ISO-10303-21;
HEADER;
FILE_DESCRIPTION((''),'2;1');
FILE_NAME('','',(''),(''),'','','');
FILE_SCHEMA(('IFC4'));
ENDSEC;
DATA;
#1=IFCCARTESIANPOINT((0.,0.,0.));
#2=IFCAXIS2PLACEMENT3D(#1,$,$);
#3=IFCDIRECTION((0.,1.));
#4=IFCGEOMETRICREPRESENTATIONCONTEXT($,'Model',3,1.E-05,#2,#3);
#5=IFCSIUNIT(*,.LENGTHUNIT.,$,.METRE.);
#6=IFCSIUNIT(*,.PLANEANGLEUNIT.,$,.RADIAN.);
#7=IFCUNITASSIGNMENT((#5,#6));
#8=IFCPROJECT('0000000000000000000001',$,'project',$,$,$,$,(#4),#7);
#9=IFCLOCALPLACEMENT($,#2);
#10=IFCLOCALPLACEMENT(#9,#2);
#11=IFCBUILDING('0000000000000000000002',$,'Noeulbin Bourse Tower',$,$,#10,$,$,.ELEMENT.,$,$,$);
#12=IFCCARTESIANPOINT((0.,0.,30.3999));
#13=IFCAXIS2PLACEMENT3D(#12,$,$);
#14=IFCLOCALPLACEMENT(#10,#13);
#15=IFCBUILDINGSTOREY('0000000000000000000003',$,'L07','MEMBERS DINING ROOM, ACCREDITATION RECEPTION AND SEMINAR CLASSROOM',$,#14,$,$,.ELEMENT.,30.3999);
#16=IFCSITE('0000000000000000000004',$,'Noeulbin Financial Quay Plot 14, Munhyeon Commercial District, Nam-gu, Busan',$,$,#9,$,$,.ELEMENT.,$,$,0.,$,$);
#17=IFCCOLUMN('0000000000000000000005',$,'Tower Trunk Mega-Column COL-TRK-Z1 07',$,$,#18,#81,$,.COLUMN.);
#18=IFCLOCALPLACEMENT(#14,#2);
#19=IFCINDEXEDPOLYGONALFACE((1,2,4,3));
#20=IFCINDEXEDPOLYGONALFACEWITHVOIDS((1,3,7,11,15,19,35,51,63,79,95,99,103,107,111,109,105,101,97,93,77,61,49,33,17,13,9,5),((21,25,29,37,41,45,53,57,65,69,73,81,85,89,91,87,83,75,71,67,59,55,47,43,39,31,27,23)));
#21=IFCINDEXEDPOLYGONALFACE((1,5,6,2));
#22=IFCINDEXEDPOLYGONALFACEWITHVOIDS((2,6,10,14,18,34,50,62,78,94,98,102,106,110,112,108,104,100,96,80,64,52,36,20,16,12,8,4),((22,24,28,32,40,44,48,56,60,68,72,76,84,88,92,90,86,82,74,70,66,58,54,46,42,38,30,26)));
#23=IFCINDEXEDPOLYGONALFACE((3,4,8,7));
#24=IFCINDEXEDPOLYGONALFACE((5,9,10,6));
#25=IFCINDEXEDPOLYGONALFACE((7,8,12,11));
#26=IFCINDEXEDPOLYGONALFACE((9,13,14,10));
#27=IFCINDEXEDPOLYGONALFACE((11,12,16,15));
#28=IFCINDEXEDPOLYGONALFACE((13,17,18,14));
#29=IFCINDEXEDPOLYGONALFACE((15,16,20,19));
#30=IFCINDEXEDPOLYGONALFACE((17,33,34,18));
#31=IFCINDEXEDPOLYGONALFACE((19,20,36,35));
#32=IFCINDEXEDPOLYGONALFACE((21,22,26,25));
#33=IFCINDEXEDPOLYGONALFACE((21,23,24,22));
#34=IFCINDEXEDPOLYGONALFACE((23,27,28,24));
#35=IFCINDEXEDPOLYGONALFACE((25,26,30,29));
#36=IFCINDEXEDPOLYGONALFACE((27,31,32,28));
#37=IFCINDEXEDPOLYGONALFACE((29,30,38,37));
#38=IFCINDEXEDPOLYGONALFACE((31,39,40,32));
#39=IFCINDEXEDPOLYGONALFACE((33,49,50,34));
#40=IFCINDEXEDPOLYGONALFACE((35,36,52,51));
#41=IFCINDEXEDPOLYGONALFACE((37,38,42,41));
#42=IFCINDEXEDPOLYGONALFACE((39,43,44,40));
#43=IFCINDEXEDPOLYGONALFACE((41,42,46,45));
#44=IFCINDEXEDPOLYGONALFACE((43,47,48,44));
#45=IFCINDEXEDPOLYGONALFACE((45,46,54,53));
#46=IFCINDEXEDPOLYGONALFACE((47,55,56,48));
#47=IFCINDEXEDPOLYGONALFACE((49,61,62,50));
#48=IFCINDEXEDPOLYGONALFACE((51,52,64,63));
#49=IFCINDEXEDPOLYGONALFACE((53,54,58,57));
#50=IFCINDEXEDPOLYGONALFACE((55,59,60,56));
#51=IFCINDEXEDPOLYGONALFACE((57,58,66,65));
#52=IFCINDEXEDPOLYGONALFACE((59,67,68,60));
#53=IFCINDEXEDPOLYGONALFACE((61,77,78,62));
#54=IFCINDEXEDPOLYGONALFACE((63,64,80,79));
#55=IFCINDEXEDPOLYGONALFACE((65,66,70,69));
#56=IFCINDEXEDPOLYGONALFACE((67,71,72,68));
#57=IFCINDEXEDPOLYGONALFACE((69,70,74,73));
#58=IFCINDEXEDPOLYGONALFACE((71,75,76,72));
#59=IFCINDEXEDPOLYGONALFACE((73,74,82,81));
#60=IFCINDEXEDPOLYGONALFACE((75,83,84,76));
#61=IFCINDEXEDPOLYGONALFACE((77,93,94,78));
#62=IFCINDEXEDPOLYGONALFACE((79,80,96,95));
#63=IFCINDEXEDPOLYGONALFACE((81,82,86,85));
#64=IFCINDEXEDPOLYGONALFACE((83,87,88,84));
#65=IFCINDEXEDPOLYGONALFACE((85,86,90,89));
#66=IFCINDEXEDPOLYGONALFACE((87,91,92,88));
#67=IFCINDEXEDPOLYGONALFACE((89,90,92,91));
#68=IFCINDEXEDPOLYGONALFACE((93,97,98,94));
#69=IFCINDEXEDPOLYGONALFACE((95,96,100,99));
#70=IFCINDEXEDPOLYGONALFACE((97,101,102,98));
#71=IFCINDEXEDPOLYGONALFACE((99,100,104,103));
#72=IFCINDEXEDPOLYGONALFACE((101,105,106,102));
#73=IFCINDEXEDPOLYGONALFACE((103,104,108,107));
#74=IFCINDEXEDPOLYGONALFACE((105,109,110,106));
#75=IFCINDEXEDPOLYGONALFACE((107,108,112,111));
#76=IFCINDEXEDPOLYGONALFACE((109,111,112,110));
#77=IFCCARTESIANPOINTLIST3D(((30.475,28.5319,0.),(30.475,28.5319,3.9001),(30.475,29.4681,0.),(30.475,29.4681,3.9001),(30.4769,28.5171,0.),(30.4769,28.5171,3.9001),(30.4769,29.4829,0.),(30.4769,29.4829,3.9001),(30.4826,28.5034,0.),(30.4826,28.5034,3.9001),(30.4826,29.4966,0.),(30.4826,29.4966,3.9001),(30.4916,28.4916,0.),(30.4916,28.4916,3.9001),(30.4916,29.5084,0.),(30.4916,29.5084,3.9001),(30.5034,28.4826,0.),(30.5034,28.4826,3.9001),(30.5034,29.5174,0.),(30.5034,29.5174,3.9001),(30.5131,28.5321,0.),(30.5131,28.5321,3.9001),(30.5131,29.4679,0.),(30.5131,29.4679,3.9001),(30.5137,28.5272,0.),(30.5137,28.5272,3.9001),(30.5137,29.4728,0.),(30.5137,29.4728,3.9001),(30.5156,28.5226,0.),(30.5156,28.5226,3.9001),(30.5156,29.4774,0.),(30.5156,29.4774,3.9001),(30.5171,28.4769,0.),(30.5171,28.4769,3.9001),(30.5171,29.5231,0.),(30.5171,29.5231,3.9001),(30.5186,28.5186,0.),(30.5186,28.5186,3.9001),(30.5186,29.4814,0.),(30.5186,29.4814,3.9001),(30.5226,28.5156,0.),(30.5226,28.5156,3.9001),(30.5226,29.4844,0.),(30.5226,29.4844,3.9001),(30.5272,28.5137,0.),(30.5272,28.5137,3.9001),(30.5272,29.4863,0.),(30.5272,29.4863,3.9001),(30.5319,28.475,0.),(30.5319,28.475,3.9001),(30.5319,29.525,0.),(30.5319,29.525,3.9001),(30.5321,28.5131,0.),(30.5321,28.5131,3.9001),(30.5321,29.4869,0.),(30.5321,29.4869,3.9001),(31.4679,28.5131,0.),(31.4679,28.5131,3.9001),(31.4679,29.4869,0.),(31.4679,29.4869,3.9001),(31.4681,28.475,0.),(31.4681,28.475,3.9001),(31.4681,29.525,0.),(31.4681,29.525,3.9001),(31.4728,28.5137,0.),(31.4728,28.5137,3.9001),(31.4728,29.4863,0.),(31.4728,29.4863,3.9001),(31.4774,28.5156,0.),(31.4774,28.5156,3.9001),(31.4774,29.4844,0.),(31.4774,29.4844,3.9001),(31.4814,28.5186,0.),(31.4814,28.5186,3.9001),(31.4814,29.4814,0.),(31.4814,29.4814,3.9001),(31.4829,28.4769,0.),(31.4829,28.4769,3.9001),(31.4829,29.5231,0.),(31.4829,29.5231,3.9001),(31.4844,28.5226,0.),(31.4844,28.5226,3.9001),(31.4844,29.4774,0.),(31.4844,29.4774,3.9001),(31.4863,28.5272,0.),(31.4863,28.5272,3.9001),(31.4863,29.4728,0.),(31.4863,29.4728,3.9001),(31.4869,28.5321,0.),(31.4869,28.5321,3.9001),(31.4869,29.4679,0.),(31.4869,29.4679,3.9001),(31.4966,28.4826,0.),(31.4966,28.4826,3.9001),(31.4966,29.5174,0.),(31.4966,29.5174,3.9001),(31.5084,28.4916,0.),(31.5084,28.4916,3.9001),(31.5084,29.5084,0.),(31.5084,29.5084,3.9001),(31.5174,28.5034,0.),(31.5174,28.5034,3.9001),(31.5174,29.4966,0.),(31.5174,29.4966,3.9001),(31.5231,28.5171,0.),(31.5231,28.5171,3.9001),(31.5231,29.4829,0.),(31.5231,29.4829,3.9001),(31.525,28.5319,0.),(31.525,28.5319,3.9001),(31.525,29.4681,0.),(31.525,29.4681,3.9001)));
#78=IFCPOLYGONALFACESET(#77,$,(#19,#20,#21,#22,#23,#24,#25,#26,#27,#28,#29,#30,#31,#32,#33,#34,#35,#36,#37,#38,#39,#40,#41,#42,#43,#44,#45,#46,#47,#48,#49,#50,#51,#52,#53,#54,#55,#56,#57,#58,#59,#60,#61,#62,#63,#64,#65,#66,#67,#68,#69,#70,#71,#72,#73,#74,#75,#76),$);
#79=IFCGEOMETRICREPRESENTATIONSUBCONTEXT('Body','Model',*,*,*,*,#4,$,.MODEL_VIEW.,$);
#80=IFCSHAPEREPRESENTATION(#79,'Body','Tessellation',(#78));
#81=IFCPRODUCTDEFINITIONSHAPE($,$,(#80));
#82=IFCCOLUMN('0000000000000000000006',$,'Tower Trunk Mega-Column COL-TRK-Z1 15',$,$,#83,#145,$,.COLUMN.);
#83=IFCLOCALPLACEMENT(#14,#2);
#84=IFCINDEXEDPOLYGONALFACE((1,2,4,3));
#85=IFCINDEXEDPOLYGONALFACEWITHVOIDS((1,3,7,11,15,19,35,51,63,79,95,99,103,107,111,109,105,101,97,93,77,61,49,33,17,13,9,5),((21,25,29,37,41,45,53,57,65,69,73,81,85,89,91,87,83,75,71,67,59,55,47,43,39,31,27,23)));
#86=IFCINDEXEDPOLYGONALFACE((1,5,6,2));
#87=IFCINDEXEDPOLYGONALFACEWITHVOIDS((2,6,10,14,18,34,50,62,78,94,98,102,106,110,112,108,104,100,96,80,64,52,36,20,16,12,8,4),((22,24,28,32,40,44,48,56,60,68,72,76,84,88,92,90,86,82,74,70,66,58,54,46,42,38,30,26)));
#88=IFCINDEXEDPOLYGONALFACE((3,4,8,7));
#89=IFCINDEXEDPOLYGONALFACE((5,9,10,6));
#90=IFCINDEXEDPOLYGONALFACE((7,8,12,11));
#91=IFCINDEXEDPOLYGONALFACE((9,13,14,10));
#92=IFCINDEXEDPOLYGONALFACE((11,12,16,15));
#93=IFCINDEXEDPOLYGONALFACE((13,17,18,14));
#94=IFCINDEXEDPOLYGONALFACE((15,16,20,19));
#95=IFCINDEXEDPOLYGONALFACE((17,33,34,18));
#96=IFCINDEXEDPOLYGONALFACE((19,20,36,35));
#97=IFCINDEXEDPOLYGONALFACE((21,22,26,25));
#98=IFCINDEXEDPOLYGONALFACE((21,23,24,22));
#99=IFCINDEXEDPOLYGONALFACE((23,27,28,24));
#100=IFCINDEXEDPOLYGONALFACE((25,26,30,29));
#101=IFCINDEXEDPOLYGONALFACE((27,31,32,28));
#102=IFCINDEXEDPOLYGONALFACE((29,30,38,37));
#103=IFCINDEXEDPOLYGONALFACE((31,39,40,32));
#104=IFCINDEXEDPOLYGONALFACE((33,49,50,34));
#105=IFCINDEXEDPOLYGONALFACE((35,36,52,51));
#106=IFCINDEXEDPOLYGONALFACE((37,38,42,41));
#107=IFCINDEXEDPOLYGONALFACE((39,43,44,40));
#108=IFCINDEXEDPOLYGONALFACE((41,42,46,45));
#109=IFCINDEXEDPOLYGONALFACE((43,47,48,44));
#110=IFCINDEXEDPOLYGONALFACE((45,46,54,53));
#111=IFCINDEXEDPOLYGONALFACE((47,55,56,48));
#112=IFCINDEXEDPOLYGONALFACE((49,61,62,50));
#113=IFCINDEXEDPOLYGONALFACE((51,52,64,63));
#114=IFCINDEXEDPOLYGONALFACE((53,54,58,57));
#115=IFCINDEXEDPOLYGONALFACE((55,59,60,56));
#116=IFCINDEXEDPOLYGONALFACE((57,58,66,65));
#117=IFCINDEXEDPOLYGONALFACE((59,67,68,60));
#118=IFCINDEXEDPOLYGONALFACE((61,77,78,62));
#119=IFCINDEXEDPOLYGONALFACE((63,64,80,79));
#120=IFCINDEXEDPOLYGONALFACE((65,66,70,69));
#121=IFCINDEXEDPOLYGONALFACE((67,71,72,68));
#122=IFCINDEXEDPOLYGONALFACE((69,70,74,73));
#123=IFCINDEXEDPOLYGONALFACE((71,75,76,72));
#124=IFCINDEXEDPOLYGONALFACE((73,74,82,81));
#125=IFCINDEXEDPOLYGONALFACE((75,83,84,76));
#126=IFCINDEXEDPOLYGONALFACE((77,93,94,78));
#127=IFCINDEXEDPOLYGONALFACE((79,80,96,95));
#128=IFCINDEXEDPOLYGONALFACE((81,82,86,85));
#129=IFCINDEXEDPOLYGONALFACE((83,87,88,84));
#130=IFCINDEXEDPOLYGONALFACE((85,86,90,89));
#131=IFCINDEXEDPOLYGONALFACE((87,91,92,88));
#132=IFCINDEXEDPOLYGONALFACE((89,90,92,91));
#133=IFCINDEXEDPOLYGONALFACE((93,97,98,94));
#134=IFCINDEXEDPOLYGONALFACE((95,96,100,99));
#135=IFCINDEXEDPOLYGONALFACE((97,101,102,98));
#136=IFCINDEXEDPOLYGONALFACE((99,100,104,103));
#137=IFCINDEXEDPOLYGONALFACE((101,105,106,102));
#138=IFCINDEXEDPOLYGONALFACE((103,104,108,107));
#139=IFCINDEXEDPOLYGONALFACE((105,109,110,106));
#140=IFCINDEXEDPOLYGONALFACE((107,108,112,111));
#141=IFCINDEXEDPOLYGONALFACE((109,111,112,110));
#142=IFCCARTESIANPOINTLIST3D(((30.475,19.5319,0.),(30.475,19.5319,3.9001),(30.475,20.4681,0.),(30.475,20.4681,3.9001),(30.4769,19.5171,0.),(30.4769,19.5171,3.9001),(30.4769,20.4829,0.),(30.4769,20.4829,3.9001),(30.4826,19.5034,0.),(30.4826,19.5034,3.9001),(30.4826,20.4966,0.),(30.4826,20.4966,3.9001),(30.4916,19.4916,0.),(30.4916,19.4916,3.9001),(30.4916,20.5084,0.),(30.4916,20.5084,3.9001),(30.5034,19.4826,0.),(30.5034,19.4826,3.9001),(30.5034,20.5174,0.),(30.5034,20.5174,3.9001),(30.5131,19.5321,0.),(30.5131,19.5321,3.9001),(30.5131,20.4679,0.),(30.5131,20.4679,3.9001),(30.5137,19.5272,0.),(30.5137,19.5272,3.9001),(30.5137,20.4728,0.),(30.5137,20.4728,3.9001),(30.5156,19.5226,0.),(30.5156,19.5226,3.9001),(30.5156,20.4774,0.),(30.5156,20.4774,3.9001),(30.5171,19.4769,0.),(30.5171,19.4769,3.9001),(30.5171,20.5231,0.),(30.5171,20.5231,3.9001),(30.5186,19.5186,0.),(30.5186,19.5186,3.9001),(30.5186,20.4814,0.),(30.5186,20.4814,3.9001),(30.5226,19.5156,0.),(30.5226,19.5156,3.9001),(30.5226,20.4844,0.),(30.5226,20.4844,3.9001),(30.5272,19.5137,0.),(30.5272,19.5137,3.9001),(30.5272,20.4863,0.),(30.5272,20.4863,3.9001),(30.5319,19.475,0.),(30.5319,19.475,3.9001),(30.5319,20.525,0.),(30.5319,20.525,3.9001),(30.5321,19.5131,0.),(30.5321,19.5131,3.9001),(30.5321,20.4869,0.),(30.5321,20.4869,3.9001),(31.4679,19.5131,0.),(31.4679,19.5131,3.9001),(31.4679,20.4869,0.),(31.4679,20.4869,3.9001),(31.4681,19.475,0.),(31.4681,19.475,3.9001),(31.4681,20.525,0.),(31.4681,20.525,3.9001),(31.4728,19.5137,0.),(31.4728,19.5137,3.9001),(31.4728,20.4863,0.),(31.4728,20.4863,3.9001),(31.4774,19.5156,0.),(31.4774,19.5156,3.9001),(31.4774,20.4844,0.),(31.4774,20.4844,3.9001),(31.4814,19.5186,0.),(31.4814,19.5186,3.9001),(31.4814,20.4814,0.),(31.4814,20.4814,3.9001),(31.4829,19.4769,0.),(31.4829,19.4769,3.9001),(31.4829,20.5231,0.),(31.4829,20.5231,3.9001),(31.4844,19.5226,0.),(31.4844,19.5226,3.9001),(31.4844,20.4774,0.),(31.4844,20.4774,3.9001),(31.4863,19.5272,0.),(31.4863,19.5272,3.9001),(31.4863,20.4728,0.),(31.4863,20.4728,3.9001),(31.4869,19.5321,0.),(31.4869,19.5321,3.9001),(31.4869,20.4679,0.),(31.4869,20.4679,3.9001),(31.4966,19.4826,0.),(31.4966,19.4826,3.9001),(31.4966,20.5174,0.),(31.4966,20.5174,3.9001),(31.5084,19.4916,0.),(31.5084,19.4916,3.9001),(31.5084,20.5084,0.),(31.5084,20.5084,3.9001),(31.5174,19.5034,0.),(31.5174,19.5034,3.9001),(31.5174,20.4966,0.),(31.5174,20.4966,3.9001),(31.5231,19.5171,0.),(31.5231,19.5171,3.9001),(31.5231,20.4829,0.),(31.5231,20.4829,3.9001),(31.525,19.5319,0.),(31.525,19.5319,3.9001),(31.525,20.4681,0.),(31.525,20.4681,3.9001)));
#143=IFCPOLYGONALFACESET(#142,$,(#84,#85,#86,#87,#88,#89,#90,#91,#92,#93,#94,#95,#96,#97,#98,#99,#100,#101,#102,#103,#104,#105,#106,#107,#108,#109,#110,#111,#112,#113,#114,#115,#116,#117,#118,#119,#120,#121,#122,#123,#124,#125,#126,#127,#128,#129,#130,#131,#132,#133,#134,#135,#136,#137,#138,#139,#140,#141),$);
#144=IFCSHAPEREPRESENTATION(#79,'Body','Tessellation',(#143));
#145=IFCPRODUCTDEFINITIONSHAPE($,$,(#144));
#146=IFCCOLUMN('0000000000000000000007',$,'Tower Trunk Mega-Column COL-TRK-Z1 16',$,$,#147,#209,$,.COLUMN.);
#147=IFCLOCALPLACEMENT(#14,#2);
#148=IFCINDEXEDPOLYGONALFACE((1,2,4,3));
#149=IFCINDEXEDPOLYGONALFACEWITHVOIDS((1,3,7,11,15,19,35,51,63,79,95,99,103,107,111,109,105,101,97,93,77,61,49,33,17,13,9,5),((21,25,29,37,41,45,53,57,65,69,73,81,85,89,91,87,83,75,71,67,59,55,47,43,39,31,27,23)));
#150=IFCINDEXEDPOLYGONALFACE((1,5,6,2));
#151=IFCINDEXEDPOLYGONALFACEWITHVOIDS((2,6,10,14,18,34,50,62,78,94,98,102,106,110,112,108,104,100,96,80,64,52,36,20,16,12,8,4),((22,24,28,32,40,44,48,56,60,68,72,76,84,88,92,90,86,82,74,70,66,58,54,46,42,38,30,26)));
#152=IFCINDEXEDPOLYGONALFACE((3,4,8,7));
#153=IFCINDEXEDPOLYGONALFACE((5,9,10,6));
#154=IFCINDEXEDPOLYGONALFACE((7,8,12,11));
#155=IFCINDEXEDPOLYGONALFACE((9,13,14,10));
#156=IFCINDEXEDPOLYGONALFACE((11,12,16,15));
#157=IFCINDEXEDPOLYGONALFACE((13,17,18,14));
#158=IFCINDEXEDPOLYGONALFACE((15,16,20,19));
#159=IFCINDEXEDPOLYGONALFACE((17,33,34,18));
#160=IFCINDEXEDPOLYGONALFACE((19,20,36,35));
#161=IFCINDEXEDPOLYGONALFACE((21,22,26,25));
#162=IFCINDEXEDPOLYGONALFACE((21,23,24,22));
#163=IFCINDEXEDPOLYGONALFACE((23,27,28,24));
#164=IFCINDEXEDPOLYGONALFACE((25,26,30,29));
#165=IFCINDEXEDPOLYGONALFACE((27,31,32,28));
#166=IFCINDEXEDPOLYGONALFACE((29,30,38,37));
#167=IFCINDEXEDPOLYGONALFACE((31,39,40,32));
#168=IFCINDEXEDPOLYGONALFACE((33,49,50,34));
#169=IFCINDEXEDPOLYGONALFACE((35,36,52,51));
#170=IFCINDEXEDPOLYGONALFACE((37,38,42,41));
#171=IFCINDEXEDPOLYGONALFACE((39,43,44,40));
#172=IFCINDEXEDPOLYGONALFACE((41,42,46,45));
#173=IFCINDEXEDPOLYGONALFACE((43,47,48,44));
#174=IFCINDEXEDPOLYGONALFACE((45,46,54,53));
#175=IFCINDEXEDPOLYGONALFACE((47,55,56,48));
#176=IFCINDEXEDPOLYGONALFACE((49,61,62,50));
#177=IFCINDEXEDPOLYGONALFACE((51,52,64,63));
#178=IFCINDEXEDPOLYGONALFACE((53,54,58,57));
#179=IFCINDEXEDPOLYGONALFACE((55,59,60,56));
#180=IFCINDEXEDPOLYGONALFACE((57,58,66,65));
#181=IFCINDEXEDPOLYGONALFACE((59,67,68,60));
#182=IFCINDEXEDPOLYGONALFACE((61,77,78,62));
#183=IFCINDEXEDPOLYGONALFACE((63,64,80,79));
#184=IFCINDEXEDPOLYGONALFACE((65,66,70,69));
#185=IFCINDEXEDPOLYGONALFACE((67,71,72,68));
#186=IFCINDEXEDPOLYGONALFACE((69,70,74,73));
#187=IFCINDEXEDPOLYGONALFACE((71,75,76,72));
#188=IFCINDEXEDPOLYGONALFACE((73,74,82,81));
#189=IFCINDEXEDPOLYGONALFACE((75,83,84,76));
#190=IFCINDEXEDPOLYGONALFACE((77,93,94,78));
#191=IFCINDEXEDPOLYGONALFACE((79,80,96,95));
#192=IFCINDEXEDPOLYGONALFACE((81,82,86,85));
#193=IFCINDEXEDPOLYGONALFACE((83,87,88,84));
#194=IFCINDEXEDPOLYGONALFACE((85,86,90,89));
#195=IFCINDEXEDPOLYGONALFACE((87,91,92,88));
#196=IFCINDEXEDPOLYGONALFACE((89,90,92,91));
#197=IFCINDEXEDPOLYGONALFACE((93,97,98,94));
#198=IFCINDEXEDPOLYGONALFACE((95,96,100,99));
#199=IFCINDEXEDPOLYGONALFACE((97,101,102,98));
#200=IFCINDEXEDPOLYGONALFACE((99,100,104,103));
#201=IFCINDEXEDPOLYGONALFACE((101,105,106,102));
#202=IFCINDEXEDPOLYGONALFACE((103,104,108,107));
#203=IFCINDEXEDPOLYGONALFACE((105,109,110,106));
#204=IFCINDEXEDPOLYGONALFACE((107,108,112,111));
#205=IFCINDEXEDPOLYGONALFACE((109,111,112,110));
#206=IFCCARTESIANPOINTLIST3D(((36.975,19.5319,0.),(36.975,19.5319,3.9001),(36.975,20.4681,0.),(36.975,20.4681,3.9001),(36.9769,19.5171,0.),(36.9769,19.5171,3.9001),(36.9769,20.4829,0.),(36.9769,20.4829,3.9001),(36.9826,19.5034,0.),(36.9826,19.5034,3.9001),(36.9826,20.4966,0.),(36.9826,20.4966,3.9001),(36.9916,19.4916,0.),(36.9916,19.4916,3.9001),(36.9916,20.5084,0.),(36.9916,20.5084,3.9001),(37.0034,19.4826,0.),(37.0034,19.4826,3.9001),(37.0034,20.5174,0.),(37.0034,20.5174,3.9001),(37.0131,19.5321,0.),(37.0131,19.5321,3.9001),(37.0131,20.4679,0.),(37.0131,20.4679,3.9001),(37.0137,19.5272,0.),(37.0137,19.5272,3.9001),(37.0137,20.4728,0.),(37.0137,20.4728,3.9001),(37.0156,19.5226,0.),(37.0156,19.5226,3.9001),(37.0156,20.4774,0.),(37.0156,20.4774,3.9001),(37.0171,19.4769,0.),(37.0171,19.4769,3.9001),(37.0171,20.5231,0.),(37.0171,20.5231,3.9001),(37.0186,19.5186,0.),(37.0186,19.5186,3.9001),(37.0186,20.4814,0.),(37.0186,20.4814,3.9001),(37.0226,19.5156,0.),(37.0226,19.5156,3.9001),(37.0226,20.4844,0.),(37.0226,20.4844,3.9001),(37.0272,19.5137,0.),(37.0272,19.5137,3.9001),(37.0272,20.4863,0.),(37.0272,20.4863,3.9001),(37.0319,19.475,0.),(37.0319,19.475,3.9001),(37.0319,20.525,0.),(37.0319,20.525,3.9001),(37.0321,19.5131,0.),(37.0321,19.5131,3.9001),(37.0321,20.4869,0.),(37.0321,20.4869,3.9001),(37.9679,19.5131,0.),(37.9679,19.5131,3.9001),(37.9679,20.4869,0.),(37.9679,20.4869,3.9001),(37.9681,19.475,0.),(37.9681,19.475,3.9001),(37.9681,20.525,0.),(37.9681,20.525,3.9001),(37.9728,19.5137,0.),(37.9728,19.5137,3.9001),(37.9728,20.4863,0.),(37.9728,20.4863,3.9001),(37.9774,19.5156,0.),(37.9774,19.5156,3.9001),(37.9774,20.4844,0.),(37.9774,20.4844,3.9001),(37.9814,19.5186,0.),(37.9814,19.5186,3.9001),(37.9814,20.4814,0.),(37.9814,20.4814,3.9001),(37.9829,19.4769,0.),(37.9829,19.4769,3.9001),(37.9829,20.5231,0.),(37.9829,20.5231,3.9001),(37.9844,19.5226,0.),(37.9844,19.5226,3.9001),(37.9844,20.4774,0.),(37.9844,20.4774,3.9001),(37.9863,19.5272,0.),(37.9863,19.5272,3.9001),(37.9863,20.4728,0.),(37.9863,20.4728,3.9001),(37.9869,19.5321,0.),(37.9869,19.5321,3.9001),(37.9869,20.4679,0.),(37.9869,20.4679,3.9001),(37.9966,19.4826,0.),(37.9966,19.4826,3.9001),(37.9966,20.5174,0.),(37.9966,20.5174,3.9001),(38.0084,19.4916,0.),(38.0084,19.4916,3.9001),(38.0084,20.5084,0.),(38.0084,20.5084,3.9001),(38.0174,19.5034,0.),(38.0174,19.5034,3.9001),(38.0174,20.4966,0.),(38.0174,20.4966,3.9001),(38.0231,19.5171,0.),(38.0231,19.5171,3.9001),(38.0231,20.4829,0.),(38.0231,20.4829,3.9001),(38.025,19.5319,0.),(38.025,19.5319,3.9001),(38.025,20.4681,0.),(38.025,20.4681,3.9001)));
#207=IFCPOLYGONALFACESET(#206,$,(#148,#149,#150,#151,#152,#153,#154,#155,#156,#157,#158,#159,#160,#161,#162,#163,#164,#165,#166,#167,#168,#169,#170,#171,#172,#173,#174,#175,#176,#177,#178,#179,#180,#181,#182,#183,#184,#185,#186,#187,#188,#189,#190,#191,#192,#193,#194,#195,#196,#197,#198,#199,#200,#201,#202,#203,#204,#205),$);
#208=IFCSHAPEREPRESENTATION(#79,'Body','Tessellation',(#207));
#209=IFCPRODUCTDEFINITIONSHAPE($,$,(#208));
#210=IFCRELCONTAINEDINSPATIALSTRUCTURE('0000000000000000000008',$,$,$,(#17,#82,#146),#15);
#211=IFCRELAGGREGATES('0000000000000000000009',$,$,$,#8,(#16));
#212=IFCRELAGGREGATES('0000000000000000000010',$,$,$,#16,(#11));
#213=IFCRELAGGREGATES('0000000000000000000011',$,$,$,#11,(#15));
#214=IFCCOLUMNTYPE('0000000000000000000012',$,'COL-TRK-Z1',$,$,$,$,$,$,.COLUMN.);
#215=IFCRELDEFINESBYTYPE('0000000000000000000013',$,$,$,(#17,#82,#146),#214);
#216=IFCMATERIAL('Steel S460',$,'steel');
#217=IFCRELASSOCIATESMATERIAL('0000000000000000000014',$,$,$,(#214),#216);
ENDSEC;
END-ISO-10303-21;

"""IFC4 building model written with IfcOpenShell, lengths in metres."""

from ifc_helpers import new_model, si_unit, direction, frame, origin, origin_2d, place, context, subcontext, project, spatial, hollow_rectangle, extrude, material, material_profile, profile_set, type_object, element, save


model = new_model("IFC4")

# Units and contexts
model_context = context("Model", 3, precision=1e-05, world=origin(), true_north=direction((0.0, 1.0)))
body_context = subcontext(model_context, "Body", "Model", "MODEL_VIEW")
ifc_project = project(units=[si_unit("LENGTHUNIT", "METRE"), si_unit("PLANEANGLEUNIT", "RADIAN")], contexts=[model_context])

# Site, building, storey
site_placement = place(None, origin())
site = spatial("IfcSite", under=ifc_project, at=site_placement, Name="Noeulbin Financial Quay Plot 14, Munhyeon Commercial District, Nam-gu, Busan", CompositionType="ELEMENT", RefElevation=0.0)
building_placement = place(site_placement, origin())
building = spatial("IfcBuilding", under=site, at=building_placement, Name="Noeulbin Bourse Tower", CompositionType="ELEMENT")
storey_placement = place(building_placement, frame((0.0, 0.0, 30.3999)))
storey = spatial("IfcBuildingStorey", under=building, at=storey_placement, Name="L07", Description="MEMBERS DINING ROOM, ACCREDITATION RECEPTION AND SEMINAR CLASSROOM", CompositionType="ELEMENT", Elevation=30.3999)

# Columns
ifc_material_1 = material(Name="Steel S460", Category="steel")
ifc_material_profile_1 = material_profile(ifc_material_1, hollow_rectangle(XDim=1.05, YDim=1.05, WallThickness=0.0381, InnerFilletRadius=0.019, OuterFilletRadius=0.0569, at=origin_2d()), Name="BOX-1050x1050x38", Category="LoadBearing")
ifc_profile_set_1 = profile_set([ifc_material_profile_1], Name="Steel S460")
column_type = type_object("IfcColumnType", Name="COL-TRK-Z1", PredefinedType="COLUMN", material=ifc_profile_set_1)
for number, where, z_axis, x_axis, name in (
    (1, (31.0, 29.0, 0.0), (0.0, 0.0, 1.0), (1.0, 0.0, 0.0), "Tower Trunk Mega-Column COL-TRK-Z1 07"),
    (2, (31.0, 20.0, 0.0), (0.0, 0.0, 1.0), (1.0, 0.0, 0.0), "Tower Trunk Mega-Column COL-TRK-Z1 15"),
    (3, (37.5, 20.0, 0.0), (0.0, 0.0, 1.0), (1.0, 0.0, 0.0), "Tower Trunk Mega-Column COL-TRK-Z1 16"),
):
    element("IfcColumn", number, at=place(storey_placement, frame(where, z_axis=z_axis, x_axis=x_axis)), inside=storey, type_object=column_type, Name=name, PredefinedType="COLUMN", context=body_context, shape_type="SweptSolid", body=[
        extrude(hollow_rectangle(XDim=1.05, YDim=1.05, WallThickness=0.0381, InnerFilletRadius=0.019, OuterFilletRadius=0.0569, at=origin_2d()), origin(), (0.0, 0.0, 1.0), 3.9001),
    ])

save(model, "model.ifc")
